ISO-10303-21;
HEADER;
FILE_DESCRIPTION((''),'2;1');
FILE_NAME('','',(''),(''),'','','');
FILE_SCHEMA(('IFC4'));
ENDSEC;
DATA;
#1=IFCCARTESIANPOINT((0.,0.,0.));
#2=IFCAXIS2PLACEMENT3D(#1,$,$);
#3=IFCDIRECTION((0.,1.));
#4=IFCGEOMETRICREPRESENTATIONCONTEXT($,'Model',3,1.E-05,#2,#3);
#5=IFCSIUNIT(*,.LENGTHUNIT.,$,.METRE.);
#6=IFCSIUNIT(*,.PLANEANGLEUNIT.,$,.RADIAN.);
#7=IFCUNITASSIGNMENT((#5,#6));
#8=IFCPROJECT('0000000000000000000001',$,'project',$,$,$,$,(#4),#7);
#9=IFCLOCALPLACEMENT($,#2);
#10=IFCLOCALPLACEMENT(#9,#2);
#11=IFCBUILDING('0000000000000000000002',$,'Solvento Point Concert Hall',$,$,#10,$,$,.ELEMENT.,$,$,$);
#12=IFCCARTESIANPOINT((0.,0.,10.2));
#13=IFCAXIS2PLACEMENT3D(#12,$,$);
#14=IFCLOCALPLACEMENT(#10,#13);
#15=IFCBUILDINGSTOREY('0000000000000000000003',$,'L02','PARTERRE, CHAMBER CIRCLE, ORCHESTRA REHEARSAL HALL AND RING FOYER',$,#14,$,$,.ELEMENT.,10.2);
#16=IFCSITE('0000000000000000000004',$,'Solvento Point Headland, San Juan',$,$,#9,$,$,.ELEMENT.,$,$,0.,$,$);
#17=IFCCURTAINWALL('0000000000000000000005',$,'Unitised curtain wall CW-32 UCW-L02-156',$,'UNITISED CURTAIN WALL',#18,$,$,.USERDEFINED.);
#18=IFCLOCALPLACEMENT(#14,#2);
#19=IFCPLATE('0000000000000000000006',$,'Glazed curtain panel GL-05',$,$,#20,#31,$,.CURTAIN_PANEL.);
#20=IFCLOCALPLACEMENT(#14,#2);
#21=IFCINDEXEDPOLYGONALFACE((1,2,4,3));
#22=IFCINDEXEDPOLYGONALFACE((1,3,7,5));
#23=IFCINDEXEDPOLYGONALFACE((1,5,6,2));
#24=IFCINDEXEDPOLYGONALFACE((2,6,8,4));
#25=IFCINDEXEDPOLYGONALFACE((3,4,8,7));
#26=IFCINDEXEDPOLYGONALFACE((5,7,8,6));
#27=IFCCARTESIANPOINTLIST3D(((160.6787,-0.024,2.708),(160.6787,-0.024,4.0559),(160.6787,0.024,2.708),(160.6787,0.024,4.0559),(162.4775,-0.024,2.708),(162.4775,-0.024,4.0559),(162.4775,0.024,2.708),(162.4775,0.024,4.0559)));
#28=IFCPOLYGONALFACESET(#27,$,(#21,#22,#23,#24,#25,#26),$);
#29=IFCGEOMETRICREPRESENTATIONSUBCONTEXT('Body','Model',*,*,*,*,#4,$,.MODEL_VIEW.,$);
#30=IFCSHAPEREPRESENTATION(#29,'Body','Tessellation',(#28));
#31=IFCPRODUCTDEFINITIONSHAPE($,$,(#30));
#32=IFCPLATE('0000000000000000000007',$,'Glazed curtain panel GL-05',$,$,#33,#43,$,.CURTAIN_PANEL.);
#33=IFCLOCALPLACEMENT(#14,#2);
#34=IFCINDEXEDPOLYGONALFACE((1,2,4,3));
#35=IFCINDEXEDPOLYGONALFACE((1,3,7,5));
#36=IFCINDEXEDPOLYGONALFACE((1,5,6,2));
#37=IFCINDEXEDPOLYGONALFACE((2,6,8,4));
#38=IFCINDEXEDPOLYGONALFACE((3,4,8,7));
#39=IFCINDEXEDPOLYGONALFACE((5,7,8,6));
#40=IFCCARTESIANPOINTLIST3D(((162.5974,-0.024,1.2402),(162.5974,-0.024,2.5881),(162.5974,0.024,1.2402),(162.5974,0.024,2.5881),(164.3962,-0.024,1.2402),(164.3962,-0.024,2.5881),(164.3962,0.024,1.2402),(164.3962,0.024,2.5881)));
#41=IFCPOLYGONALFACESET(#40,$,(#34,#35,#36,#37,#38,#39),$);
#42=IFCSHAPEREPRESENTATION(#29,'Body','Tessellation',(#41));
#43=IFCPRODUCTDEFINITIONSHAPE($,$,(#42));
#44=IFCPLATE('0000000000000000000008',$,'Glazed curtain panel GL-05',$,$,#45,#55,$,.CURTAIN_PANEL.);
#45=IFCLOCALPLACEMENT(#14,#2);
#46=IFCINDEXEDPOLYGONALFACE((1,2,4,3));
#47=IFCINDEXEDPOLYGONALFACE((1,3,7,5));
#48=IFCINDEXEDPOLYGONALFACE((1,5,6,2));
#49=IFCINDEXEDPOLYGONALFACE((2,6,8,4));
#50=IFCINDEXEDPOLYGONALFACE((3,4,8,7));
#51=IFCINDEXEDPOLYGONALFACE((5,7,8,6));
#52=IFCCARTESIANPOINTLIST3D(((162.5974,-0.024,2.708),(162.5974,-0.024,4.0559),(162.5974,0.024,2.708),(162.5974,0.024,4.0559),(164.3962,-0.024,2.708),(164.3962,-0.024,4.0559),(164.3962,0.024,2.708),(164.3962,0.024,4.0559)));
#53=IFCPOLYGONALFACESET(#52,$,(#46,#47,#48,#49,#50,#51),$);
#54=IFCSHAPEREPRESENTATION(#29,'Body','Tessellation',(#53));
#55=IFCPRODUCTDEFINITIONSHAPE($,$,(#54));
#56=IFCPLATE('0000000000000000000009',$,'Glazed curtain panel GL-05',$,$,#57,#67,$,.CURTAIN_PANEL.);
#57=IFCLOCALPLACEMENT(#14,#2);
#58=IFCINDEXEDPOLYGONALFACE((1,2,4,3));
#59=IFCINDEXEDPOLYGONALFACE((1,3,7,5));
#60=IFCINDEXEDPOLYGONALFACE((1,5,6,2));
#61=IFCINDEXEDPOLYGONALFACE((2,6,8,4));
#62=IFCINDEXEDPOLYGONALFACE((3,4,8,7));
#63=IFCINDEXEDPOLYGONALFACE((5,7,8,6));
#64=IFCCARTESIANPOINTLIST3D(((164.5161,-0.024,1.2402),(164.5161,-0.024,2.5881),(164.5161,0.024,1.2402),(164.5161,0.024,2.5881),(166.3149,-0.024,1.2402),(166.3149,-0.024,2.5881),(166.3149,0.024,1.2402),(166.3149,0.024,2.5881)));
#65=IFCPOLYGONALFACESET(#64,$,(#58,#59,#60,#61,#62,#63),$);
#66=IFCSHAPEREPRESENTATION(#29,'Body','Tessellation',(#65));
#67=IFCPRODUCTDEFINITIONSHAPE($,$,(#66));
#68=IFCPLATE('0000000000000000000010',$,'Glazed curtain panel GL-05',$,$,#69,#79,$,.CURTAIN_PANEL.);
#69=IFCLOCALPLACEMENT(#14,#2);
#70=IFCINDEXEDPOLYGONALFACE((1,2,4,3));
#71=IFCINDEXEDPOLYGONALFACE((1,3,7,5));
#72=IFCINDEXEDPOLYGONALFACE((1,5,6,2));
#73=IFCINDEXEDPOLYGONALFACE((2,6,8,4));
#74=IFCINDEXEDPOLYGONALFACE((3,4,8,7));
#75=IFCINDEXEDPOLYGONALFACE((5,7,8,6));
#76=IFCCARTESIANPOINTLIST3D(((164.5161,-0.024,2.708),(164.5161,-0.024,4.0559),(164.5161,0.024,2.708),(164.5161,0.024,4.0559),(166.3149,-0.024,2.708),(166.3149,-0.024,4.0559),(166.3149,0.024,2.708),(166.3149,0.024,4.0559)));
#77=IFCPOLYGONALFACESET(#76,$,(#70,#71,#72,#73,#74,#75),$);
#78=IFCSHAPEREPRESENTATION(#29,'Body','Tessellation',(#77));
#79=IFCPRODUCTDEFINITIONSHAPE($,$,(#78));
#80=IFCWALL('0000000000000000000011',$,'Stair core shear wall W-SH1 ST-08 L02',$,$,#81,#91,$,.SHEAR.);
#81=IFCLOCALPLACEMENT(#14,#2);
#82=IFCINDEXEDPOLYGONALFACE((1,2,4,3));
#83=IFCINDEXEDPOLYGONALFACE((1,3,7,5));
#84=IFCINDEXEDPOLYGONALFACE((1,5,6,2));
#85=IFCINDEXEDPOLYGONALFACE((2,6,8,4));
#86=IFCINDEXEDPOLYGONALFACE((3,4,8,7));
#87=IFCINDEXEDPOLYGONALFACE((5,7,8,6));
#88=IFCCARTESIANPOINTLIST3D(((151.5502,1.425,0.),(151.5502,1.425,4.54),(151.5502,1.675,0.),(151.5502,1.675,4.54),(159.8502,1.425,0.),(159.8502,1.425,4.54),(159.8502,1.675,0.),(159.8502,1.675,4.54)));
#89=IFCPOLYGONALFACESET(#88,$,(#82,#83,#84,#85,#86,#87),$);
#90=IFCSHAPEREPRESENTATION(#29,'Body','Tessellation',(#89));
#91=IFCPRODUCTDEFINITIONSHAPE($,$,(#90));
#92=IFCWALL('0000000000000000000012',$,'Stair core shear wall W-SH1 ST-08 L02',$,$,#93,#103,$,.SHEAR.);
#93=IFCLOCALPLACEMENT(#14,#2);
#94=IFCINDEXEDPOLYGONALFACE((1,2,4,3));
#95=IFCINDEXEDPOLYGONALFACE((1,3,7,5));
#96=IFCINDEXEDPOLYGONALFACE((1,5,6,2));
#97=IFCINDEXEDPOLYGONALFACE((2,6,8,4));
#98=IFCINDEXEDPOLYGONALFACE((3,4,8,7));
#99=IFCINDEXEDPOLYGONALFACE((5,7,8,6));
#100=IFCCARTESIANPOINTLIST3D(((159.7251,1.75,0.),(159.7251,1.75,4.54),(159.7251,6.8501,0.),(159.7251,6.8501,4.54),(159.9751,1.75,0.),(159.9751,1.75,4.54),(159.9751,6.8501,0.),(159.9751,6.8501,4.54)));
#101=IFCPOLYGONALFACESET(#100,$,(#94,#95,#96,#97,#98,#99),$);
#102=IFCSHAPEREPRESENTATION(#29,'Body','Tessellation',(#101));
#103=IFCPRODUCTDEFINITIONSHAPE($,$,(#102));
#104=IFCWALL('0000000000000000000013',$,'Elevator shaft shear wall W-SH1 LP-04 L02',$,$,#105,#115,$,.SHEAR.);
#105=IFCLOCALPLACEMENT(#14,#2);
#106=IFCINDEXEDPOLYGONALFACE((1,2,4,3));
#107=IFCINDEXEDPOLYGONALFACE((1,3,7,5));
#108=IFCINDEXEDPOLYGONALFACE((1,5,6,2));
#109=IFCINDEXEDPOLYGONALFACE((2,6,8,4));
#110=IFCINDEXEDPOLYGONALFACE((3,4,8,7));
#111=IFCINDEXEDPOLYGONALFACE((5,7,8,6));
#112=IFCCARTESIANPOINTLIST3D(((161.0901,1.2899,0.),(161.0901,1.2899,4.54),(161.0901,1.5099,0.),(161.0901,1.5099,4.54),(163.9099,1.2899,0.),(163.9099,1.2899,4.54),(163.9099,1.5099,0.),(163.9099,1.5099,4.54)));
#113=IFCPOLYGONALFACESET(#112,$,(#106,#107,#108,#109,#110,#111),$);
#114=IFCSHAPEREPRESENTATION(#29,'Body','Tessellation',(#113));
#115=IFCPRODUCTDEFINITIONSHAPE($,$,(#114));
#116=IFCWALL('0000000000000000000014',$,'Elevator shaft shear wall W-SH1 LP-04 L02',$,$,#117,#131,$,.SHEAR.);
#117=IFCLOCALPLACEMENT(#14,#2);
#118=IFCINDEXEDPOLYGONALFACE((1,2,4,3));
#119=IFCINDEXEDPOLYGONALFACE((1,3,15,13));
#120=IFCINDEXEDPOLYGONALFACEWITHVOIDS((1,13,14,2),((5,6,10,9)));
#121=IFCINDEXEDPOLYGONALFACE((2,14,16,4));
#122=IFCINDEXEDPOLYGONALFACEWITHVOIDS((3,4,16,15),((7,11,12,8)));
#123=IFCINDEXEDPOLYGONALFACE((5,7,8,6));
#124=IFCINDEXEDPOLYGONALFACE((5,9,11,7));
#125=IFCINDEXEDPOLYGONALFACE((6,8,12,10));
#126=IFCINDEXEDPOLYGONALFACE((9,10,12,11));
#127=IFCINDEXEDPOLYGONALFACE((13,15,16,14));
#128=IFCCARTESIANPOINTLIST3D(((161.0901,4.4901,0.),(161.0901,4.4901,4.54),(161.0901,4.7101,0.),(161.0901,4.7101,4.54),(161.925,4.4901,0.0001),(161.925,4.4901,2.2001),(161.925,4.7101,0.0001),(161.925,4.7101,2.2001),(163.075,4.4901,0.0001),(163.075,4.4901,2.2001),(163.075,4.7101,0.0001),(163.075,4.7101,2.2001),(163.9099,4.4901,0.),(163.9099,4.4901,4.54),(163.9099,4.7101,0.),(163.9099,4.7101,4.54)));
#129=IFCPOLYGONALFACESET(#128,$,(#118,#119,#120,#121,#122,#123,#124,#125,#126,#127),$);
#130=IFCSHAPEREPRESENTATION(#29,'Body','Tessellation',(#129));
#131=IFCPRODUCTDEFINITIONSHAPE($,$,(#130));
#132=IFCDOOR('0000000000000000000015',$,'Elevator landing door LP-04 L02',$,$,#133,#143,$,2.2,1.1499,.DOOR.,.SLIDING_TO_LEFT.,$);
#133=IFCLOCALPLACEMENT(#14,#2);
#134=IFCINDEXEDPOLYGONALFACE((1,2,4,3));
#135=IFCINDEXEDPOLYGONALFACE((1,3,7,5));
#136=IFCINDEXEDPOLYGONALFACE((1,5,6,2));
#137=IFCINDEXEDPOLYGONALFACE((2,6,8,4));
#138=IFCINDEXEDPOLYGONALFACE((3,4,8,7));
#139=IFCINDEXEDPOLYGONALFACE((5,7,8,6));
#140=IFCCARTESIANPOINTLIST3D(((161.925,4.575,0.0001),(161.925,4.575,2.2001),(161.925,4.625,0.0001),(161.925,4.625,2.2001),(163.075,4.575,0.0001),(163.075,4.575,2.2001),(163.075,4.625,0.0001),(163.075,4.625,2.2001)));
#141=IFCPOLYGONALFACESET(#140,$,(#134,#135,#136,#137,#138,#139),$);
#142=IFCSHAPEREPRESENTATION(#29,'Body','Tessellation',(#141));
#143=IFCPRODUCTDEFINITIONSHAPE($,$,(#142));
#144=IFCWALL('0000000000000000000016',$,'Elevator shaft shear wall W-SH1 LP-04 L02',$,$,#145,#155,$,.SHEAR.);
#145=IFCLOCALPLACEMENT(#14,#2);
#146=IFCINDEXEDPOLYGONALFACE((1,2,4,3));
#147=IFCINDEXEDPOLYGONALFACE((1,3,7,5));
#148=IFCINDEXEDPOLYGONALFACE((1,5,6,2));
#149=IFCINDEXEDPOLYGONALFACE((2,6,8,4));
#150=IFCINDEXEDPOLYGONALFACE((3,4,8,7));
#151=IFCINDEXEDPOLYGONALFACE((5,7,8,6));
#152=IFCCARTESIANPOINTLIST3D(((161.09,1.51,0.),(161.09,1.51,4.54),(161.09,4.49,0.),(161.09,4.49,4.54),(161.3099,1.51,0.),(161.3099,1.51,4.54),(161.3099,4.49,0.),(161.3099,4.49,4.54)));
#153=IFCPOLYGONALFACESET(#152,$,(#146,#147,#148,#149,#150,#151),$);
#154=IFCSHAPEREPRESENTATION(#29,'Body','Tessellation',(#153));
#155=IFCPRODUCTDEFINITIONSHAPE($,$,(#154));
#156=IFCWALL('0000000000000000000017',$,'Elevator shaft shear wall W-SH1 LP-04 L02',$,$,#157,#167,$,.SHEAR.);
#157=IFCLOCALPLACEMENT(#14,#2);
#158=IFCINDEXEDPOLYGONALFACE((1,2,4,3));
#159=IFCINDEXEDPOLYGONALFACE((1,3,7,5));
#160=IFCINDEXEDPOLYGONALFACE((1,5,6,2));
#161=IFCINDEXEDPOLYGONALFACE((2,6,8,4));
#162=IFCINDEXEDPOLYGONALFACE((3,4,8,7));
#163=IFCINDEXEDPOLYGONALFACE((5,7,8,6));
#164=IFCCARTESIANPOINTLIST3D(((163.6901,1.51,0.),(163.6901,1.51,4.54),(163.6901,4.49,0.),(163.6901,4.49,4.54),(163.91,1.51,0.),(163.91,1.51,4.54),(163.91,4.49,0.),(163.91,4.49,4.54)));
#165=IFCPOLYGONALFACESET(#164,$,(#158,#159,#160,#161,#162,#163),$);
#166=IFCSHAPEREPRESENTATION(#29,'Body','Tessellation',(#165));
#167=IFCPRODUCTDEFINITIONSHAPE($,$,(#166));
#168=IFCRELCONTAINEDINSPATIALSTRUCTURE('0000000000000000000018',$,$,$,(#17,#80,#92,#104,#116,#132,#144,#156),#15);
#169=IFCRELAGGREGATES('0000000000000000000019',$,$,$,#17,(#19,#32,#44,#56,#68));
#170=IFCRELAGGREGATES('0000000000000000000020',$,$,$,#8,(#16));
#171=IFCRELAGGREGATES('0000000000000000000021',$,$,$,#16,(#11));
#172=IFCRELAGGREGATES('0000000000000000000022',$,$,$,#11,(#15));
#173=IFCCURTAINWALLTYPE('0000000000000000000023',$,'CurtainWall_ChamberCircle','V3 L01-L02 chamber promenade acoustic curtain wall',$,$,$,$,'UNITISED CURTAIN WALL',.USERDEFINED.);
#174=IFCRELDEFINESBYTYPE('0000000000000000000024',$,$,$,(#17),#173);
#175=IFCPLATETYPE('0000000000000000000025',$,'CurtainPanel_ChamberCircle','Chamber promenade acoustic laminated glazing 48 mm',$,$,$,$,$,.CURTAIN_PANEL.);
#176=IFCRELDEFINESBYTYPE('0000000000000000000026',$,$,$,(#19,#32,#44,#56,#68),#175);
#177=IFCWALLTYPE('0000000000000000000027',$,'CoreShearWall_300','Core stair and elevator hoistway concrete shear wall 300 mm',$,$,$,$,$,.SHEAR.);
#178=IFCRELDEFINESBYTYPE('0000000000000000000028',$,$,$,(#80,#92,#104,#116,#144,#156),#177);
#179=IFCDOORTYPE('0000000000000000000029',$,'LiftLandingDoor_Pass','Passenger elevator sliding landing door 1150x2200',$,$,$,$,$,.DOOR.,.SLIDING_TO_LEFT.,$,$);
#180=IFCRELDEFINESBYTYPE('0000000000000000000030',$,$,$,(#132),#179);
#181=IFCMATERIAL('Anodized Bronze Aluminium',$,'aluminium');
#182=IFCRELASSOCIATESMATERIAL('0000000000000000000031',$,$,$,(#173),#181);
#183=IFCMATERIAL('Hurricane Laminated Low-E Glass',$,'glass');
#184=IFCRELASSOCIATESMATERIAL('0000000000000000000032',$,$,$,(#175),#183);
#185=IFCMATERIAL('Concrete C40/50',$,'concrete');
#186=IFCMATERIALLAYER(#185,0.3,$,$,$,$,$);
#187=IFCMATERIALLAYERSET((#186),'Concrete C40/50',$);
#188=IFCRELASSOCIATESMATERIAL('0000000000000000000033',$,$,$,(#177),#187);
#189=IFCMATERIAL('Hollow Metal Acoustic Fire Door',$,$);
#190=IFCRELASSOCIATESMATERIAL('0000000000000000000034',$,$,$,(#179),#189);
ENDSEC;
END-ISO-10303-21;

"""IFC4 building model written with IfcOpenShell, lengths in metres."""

from ifc_helpers import new_model, si_unit, direction, frame, frame_2d, origin, origin_2d, place, context, subcontext, project, spatial, rectangle, extrude, material, layer, layer_set, type_object, element, fill, aggregate, save


model = new_model("IFC4")

# Units and contexts
model_context = context("Model", 3, precision=1e-05, world=origin(), true_north=direction((0.0, 1.0)))
body_context = subcontext(model_context, "Body", "Model", "MODEL_VIEW")
ifc_project = project(units=[si_unit("LENGTHUNIT", "METRE"), si_unit("PLANEANGLEUNIT", "RADIAN")], contexts=[model_context])

# Site, building, storey
site_placement = place(None, origin())
site = spatial("IfcSite", under=ifc_project, at=site_placement, Name="Solvento Point Headland, San Juan", CompositionType="ELEMENT", RefElevation=0.0)
building_placement = place(site_placement, origin())
building = spatial("IfcBuilding", under=site, at=building_placement, Name="Solvento Point Concert Hall", CompositionType="ELEMENT")
storey_placement = place(building_placement, frame((0.0, 0.0, 10.2)))
storey = spatial("IfcBuildingStorey", under=building, at=storey_placement, Name="L02", Description="PARTERRE, CHAMBER CIRCLE, ORCHESTRA REHEARSAL HALL AND RING FOYER", CompositionType="ELEMENT", Elevation=10.2)

# Curtain wall, plates
ifc_material_1 = material(Name="Anodized Bronze Aluminium", Category="aluminium")
curtain_wall_type = type_object("IfcCurtainWallType", Name="CurtainWall_ChamberCircle", Description="V3 L01-L02 chamber promenade acoustic curtain wall", ElementType="UNITISED CURTAIN WALL", PredefinedType="USERDEFINED", material=ifc_material_1)
curtain_wall_placement = place(storey_placement, origin())
curtain_wall = element("IfcCurtainWall", 1, at=curtain_wall_placement, inside=storey, type_object=curtain_wall_type, Name="Unitised curtain wall CW-32 UCW-L02-156", ObjectType="UNITISED CURTAIN WALL", PredefinedType="USERDEFINED")
ifc_material_2 = material(Name="Hurricane Laminated Low-E Glass", Category="glass")
plate_type = type_object("IfcPlateType", Name="CurtainPanel_ChamberCircle", Description="Chamber promenade acoustic laminated glazing 48 mm", PredefinedType="CURTAIN_PANEL", material=ifc_material_2)
plate_1_placement = place(storey_placement, frame((161.5781, 0.0, 2.708), z_axis=(0.0, 0.0, 1.0), x_axis=(1.0, 0.0, 0.0)))
plate_1 = element("IfcPlate", 2, at=plate_1_placement, type_object=plate_type, Name="Glazed curtain panel GL-05", PredefinedType="CURTAIN_PANEL", context=body_context, shape_type="SweptSolid", body=[
    extrude(rectangle(XDim=1.7988, YDim=0.0481, at=origin_2d()), origin(), (0.0, 0.0, 1.0), 1.3479),
])
plate_2_placement = place(storey_placement, frame((163.4968, 0.0, 1.2402), z_axis=(0.0, 0.0, 1.0), x_axis=(1.0, 0.0, 0.0)))
plate_2 = element("IfcPlate", 3, at=plate_2_placement, type_object=plate_type, Name="Glazed curtain panel GL-05", PredefinedType="CURTAIN_PANEL", context=body_context, shape_type="SweptSolid", body=[
    extrude(rectangle(XDim=1.7988, YDim=0.0481, at=origin_2d()), origin(), (0.0, 0.0, 1.0), 1.3479),
])
plate_3_placement = place(storey_placement, frame((163.4968, 0.0, 2.708), z_axis=(0.0, 0.0, 1.0), x_axis=(1.0, 0.0, 0.0)))
plate_3 = element("IfcPlate", 4, at=plate_3_placement, type_object=plate_type, Name="Glazed curtain panel GL-05", PredefinedType="CURTAIN_PANEL", context=body_context, shape_type="SweptSolid", body=[
    extrude(rectangle(XDim=1.7988, YDim=0.0481, at=origin_2d()), origin(), (0.0, 0.0, 1.0), 1.3479),
])
plate_4_placement = place(storey_placement, frame((165.4155, 0.0, 1.2402), z_axis=(0.0, 0.0, 1.0), x_axis=(1.0, 0.0, 0.0)))
plate_4 = element("IfcPlate", 5, at=plate_4_placement, type_object=plate_type, Name="Glazed curtain panel GL-05", PredefinedType="CURTAIN_PANEL", context=body_context, shape_type="SweptSolid", body=[
    extrude(rectangle(XDim=1.7988, YDim=0.0481, at=origin_2d()), origin(), (0.0, 0.0, 1.0), 1.3479),
])
plate_5_placement = place(storey_placement, frame((165.4155, 0.0, 2.708), z_axis=(0.0, 0.0, 1.0), x_axis=(1.0, 0.0, 0.0)))
plate_5 = element("IfcPlate", 6, at=plate_5_placement, type_object=plate_type, Name="Glazed curtain panel GL-05", PredefinedType="CURTAIN_PANEL", context=body_context, shape_type="SweptSolid", body=[
    extrude(rectangle(XDim=1.7988, YDim=0.0481, at=origin_2d()), origin(), (0.0, 0.0, 1.0), 1.3479),
])
aggregate(curtain_wall, [plate_1, plate_2, plate_3, plate_4, plate_5])

# Walls
ifc_material_3 = material(Name="Concrete C40/50", Category="concrete")
ifc_layer = layer(ifc_material_3, 0.3)
ifc_layer_set = layer_set([ifc_layer], Name="Concrete C40/50")
wall_type = type_object("IfcWallType", Name="CoreShearWall_300", Description="Core stair and elevator hoistway concrete shear wall 300 mm", PredefinedType="SHEAR", material=ifc_layer_set)
wall_1_placement = place(storey_placement, frame((159.8501, 1.55, 0.0), z_axis=(0.0, 0.0, 1.0), x_axis=(-1.0, 0.0, 0.0)))
element("IfcWall", 7, at=wall_1_placement, inside=storey, type_object=wall_type, Name="Stair core shear wall W-SH1 ST-08 L02", PredefinedType="SHEAR", context=body_context, shape_type="SweptSolid", body=[
    extrude(rectangle(XDim=8.3, YDim=0.25, at=frame_2d((4.1499, 0.0))), origin(), (0.0, 0.0, 1.0), 4.54),
])
wall_2_placement = place(storey_placement, frame((159.8501, 6.8501, 0.0), z_axis=(0.0, 0.0, 1.0), x_axis=(0.0, -1.0, 0.0)))
element("IfcWall", 8, at=wall_2_placement, inside=storey, type_object=wall_type, Name="Stair core shear wall W-SH1 ST-08 L02", PredefinedType="SHEAR", context=body_context, shape_type="SweptSolid", body=[
    extrude(rectangle(XDim=5.1001, YDim=0.25, at=frame_2d((2.55, 0.0))), origin(), (0.0, 0.0, 1.0), 4.54),
])
wall_3_placement = place(storey_placement, frame((161.0901, 1.3999, 0.0), z_axis=(0.0, 0.0, 1.0), x_axis=(1.0, 0.0, 0.0)))
element("IfcWall", 9, at=wall_3_placement, inside=storey, type_object=wall_type, Name="Elevator shaft shear wall W-SH1 LP-04 L02", PredefinedType="SHEAR", context=body_context, shape_type="SweptSolid", body=[
    extrude(rectangle(XDim=2.8198, YDim=0.22, at=frame_2d((1.4099, 0.0))), origin(), (0.0, 0.0, 1.0), 4.54),
])

# Wall, opening, door
wall_4_placement = place(storey_placement, frame((161.0901, 4.6001, 0.0), z_axis=(0.0, 0.0, 1.0), x_axis=(1.0, 0.0, 0.0)))
wall_4 = element("IfcWall", 10, at=wall_4_placement, inside=storey, type_object=wall_type, Name="Elevator shaft shear wall W-SH1 LP-04 L02", PredefinedType="SHEAR", context=body_context, shape_type="SweptSolid", body=[
    extrude(rectangle(XDim=2.8198, YDim=0.22, at=frame_2d((1.4099, 0.0))), origin(), (0.0, 0.0, 1.0), 4.54),
])
opening_placement = place(wall_4_placement, frame((0.835, 0.0, 0.0)))
opening = element("IfcOpeningElement", 11, at=opening_placement, cuts=wall_4, PredefinedType="OPENING", context=body_context, shape_type="SweptSolid", body=[
    extrude(rectangle(XDim=1.1499, YDim=2.2, at=frame_2d((0.575, 1.1001))), frame((0.0, 0.1199, 0.0), z_axis=(0.0, -1.0, 0.0), x_axis=(1.0, 0.0, 0.0)), (0.0, 0.0, 1.0), 0.24),
])
ifc_material_4 = material(Name="Hollow Metal Acoustic Fire Door")
door_type = type_object("IfcDoorType", Name="LiftLandingDoor_Pass", Description="Passenger elevator sliding landing door 1150x2200", OperationType="SLIDING_TO_LEFT", PredefinedType="DOOR", material=ifc_material_4)
door_placement = place(opening_placement, origin())
door = element("IfcDoor", 12, at=door_placement, inside=storey, type_object=door_type, Name="Elevator landing door LP-04 L02", OperationType="SLIDING_TO_LEFT", OverallHeight=2.2, OverallWidth=1.1499, PredefinedType="DOOR", context=body_context, shape_type="SweptSolid", body=[
    extrude(rectangle(XDim=1.1499, YDim=2.2, at=frame_2d((0.575, 1.1001))), frame((0.0, 0.0249, 0.0), z_axis=(0.0, -1.0, 0.0), x_axis=(1.0, 0.0, 0.0)), (0.0, 0.0, 1.0), 0.05),
])
fill(opening, door)

# Walls
for number, where, z_axis, x_axis, name in (
    (13, (161.2, 1.51, 0.0), (0.0, 0.0, 1.0), (0.0, 1.0, 0.0), "Elevator shaft shear wall W-SH1 LP-04 L02"),
    (14, (163.8, 1.51, 0.0), (0.0, 0.0, 1.0), (0.0, 1.0, 0.0), "Elevator shaft shear wall W-SH1 LP-04 L02"),
):
    element("IfcWall", number, at=place(storey_placement, frame(where, z_axis=z_axis, x_axis=x_axis)), inside=storey, type_object=wall_type, Name=name, PredefinedType="SHEAR", context=body_context, shape_type="SweptSolid", body=[
        extrude(rectangle(XDim=2.98, YDim=0.22, at=frame_2d((1.49, 0.0))), origin(), (0.0, 0.0, 1.0), 4.54),
    ])

save(model, "model.ifc")
